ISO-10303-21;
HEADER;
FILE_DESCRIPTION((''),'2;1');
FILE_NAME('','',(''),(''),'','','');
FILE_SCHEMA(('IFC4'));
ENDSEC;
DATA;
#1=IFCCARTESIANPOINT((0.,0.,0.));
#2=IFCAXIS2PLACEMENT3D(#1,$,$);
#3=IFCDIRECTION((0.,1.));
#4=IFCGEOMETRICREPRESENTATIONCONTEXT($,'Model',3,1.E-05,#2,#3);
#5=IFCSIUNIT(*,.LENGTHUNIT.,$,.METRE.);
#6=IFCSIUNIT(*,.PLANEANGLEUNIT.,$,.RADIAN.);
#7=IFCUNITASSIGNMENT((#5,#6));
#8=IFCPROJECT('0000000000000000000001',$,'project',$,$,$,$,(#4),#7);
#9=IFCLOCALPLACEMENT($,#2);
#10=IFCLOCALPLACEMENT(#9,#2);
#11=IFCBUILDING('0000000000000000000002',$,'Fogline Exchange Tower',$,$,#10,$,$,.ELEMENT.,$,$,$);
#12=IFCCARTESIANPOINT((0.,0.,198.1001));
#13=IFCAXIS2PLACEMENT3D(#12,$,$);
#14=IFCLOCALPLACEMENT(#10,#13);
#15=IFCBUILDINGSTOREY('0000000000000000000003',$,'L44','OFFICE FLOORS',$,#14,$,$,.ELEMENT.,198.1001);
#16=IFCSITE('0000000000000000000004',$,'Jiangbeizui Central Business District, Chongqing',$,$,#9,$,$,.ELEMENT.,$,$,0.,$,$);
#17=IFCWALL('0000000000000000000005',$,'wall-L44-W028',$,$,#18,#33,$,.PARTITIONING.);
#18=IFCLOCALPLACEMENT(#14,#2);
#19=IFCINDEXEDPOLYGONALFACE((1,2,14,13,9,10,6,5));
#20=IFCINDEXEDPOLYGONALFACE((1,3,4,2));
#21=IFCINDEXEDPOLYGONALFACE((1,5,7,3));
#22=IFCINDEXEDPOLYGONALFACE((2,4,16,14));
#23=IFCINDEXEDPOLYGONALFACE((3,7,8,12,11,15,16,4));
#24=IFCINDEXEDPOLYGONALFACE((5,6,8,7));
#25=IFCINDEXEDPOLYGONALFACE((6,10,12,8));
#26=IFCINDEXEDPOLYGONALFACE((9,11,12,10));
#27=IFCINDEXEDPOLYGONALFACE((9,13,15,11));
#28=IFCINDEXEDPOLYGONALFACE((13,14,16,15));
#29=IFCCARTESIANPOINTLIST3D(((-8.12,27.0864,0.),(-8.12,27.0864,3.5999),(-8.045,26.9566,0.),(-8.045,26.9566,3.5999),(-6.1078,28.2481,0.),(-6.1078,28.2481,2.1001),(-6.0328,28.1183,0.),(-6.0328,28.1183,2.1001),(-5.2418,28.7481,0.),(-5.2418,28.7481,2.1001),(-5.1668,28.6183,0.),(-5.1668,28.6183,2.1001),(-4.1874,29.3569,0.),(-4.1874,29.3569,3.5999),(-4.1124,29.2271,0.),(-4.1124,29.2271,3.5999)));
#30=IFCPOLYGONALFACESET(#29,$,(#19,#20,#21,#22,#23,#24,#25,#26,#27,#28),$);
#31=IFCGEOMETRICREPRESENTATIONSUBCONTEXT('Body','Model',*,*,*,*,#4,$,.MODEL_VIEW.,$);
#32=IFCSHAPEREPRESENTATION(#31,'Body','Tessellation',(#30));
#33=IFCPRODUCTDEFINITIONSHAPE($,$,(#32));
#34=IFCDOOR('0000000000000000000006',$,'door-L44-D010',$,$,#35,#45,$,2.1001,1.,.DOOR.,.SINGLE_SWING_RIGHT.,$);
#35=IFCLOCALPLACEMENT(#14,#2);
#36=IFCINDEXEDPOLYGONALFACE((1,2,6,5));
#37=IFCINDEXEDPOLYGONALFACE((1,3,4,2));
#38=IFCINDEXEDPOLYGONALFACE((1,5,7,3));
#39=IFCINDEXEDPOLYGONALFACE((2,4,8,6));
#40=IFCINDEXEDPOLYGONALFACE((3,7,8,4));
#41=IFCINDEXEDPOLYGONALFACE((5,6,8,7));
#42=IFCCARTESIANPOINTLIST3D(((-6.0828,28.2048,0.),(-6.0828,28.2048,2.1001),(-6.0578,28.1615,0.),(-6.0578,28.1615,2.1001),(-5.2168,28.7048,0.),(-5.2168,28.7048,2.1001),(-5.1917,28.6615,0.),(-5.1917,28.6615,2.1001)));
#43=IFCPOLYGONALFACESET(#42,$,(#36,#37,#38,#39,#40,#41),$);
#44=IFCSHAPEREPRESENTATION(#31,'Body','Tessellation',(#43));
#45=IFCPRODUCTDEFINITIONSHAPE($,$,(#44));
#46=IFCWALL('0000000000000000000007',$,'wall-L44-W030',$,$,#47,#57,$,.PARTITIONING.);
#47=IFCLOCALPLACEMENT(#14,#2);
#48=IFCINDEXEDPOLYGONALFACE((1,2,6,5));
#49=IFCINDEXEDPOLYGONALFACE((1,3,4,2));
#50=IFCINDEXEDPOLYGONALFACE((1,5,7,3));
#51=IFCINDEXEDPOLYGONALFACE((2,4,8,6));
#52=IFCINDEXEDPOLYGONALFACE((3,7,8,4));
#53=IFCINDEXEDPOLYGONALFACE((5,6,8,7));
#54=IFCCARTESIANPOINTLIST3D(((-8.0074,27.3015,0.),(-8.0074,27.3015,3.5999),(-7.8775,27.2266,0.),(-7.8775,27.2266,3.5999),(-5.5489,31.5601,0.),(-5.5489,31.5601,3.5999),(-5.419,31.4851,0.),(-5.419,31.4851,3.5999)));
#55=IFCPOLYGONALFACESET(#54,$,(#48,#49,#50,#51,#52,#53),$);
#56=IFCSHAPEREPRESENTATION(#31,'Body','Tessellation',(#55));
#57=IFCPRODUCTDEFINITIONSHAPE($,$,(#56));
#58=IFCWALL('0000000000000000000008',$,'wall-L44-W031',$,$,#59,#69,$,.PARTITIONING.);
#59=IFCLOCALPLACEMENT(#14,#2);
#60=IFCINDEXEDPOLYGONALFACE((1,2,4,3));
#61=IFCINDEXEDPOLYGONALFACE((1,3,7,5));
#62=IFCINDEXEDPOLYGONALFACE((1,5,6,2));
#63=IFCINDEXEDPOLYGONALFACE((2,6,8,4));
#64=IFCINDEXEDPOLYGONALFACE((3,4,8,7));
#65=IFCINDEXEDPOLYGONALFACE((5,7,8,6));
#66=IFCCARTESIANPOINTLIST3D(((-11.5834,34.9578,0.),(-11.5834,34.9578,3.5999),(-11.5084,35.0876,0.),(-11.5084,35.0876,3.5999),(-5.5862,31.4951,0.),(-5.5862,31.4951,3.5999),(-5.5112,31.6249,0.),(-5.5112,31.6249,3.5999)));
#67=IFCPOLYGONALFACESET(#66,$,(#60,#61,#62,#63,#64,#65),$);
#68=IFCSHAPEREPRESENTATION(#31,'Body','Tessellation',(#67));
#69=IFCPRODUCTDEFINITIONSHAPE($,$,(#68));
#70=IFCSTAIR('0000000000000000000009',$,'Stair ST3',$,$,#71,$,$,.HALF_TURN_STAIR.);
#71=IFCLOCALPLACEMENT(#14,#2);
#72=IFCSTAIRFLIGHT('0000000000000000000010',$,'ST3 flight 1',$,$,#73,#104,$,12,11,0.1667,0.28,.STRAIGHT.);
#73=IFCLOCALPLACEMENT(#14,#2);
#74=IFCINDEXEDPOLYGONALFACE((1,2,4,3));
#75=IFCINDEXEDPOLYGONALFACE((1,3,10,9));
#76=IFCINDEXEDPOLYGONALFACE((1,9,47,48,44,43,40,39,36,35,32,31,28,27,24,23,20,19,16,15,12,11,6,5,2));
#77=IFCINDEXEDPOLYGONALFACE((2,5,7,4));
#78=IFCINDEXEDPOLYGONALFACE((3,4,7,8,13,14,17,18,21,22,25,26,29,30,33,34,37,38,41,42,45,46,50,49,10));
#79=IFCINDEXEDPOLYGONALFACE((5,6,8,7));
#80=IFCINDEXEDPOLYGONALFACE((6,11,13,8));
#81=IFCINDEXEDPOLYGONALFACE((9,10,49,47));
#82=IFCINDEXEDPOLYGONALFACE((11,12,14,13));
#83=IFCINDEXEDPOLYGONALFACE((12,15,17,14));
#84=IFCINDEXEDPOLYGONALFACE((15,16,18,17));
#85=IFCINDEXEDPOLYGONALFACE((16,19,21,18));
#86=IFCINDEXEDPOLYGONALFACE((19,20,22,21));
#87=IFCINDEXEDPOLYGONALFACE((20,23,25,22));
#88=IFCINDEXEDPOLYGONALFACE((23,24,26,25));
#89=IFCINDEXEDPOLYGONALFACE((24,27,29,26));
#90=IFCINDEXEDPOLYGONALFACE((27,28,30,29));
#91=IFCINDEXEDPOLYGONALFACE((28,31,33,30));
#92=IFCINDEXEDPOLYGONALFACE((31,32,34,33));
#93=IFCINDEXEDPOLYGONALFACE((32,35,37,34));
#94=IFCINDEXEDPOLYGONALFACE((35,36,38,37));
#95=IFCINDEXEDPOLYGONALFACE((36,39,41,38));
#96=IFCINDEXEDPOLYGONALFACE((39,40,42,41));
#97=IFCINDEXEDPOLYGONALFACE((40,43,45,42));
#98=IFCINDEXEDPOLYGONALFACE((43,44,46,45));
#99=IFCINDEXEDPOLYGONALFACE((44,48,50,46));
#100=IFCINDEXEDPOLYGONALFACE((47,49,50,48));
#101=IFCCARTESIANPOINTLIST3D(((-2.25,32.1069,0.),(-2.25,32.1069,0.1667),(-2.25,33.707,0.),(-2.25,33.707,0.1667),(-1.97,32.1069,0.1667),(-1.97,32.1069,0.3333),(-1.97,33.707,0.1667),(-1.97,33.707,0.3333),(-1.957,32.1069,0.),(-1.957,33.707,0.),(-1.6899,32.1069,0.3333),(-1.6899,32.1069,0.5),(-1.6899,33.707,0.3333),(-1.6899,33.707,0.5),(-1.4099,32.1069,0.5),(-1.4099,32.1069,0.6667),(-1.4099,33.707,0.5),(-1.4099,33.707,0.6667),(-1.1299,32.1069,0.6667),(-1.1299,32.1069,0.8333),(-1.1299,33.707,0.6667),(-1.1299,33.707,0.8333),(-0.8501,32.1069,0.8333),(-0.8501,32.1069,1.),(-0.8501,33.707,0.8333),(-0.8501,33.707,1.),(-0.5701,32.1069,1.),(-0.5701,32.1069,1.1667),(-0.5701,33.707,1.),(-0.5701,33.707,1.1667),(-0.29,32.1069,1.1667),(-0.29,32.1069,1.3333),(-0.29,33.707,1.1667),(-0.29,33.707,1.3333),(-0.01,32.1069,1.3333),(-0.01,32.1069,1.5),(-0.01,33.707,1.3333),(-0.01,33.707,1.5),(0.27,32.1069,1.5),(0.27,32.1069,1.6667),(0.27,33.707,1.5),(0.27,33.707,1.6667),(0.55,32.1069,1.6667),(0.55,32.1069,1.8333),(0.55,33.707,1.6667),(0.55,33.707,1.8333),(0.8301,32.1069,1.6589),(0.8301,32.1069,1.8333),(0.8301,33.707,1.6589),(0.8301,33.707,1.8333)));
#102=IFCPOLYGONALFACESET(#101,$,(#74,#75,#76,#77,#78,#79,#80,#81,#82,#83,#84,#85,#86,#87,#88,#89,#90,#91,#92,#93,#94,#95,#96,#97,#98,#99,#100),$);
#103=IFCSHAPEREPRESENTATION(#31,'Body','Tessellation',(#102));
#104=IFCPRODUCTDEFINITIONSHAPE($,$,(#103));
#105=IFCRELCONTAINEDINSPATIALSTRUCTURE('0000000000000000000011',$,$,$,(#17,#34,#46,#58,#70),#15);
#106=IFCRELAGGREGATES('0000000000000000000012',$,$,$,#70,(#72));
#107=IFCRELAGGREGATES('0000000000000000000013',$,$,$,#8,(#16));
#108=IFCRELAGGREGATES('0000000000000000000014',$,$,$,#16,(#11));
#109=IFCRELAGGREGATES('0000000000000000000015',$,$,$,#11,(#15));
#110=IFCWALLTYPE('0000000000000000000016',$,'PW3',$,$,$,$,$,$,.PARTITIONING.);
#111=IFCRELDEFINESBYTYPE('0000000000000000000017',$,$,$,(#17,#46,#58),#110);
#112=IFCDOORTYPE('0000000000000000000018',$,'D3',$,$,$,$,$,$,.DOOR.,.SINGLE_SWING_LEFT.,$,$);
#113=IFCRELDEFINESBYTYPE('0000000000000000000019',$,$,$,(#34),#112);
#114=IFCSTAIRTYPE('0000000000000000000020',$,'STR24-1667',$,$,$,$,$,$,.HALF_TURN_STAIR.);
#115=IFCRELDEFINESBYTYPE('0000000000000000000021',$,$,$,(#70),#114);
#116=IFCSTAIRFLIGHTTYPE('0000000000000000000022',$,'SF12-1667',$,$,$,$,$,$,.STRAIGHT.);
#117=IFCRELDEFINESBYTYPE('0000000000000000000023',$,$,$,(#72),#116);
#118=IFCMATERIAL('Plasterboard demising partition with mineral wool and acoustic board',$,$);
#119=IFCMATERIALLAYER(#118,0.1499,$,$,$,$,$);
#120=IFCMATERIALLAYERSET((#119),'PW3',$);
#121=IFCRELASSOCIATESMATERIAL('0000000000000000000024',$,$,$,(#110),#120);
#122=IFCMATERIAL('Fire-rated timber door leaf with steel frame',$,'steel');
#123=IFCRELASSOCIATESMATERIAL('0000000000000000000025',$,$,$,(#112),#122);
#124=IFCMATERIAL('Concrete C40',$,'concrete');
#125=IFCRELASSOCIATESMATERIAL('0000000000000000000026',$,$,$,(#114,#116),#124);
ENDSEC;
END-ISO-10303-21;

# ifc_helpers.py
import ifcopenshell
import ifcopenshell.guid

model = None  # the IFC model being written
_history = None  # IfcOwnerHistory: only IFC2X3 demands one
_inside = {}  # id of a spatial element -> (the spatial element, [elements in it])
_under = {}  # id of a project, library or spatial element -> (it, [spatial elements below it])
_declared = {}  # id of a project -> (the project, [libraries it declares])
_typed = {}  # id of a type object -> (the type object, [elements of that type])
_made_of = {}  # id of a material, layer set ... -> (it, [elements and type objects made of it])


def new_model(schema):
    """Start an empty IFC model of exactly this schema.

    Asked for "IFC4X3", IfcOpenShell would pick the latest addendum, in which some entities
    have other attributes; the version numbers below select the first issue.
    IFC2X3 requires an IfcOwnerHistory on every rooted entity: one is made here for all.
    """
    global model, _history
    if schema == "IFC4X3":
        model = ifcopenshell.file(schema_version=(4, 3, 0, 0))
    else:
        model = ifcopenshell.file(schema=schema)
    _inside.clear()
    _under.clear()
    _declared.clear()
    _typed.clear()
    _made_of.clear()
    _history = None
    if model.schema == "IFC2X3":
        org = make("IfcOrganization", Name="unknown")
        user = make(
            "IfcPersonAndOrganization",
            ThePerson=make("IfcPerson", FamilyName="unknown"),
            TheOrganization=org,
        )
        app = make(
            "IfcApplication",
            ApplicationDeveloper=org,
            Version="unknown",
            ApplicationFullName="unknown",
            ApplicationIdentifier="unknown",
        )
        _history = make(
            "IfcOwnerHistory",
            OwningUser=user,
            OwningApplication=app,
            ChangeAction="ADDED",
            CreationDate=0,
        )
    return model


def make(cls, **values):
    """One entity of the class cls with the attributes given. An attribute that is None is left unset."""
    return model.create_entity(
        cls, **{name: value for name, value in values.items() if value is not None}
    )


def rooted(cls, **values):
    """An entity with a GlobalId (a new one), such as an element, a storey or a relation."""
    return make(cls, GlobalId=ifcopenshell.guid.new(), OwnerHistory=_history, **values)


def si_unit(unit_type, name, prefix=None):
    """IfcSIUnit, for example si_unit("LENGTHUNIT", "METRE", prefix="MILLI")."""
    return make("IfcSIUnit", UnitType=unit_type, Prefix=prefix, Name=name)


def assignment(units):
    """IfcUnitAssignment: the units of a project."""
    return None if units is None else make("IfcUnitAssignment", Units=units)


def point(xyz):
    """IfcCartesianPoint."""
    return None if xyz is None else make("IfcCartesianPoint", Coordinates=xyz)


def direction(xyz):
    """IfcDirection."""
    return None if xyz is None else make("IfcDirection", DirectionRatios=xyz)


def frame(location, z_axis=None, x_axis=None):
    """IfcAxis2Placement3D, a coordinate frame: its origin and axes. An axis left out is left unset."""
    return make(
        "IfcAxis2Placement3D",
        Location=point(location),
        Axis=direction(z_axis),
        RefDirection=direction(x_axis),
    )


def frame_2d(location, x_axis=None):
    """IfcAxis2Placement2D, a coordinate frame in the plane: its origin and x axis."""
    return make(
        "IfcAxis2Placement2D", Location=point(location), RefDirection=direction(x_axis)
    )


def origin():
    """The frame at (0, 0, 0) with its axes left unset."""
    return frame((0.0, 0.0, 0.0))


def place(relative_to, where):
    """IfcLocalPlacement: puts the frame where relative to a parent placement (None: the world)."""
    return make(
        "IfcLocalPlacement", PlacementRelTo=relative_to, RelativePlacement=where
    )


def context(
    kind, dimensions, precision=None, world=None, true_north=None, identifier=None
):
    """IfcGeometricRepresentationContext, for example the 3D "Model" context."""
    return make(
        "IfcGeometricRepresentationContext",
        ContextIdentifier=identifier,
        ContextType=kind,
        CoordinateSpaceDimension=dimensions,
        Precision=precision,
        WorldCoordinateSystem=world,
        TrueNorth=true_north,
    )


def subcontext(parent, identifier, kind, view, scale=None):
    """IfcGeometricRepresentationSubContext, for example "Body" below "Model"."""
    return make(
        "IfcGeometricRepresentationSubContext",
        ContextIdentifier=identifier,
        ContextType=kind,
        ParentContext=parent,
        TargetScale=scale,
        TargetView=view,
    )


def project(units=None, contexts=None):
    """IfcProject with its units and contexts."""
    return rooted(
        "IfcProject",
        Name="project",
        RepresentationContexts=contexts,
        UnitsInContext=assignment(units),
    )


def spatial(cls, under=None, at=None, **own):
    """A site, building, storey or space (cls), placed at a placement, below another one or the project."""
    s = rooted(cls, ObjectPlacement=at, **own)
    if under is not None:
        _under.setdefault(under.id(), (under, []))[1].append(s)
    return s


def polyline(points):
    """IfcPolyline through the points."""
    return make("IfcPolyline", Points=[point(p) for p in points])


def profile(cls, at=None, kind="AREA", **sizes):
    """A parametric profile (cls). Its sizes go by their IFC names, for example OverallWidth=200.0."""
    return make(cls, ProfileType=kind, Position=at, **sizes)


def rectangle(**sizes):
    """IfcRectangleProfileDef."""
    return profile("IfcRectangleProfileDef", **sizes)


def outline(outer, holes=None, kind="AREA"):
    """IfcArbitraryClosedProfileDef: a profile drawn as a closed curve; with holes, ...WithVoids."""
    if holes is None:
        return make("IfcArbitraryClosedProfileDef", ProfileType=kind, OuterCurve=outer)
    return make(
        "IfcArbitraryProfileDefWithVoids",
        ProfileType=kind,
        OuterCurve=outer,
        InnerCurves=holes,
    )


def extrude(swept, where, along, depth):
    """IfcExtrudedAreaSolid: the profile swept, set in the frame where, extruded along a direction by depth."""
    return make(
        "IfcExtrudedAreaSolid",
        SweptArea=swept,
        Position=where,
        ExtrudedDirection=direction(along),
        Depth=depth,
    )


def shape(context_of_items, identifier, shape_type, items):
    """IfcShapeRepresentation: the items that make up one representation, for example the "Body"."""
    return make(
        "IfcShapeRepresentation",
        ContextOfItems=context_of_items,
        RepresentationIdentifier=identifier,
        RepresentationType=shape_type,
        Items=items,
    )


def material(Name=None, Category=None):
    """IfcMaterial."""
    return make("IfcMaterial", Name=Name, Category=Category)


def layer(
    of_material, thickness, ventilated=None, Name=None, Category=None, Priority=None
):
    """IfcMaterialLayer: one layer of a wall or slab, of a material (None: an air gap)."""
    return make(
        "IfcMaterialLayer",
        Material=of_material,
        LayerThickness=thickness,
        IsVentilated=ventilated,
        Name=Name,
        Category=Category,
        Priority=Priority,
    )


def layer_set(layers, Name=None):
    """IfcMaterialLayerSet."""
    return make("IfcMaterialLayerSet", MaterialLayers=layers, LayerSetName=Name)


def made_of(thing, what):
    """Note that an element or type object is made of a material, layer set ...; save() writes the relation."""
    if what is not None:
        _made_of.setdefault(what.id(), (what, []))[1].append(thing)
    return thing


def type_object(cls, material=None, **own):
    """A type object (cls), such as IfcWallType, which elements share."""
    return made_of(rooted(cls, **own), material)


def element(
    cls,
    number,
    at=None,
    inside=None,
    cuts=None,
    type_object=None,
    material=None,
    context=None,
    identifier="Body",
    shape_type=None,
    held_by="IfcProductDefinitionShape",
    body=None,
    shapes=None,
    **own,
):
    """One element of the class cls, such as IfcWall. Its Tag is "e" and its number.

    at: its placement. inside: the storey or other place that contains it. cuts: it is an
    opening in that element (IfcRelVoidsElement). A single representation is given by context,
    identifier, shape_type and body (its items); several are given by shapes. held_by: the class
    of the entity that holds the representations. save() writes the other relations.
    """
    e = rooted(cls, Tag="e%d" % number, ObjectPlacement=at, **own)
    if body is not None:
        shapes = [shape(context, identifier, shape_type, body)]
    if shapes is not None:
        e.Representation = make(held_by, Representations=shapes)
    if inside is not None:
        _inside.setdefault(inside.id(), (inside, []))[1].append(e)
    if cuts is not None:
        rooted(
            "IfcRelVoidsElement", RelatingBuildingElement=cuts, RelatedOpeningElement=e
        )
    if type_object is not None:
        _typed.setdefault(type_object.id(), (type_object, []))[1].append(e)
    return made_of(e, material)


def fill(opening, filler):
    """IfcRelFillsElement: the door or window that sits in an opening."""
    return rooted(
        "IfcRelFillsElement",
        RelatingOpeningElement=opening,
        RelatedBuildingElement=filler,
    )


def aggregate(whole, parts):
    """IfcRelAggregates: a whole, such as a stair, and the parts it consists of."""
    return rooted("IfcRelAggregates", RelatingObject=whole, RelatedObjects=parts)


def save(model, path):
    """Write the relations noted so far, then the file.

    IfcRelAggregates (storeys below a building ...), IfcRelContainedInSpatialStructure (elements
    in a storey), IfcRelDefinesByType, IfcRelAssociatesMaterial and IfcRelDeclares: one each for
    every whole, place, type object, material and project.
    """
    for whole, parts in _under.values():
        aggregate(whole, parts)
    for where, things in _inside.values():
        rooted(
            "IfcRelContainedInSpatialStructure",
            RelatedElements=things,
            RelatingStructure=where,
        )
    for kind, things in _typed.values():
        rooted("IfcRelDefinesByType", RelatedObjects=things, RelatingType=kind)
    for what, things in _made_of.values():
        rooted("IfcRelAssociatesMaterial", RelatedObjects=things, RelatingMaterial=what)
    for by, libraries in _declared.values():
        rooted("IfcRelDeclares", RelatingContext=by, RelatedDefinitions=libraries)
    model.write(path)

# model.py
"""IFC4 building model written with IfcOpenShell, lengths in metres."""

from ifc_helpers import new_model, si_unit, direction, frame, frame_2d, origin, place, context, subcontext, project, spatial, polyline, rectangle, outline, extrude, material, layer, layer_set, type_object, element, fill, aggregate, save


model = new_model("IFC4")

# Units and contexts
model_context = context("Model", 3, precision=1e-05, world=origin(), true_north=direction((0.0, 1.0)))
body_context = subcontext(model_context, "Body", "Model", "MODEL_VIEW")
ifc_project = project(units=[si_unit("LENGTHUNIT", "METRE"), si_unit("PLANEANGLEUNIT", "RADIAN")], contexts=[model_context])

# Site, building, storey
site_placement = place(None, origin())
site = spatial("IfcSite", under=ifc_project, at=site_placement, Name="Jiangbeizui Central Business District, Chongqing", CompositionType="ELEMENT", RefElevation=0.0)
building_placement = place(site_placement, origin())
building = spatial("IfcBuilding", under=site, at=building_placement, Name="Fogline Exchange Tower", CompositionType="ELEMENT")
storey_placement = place(building_placement, frame((0.0, 0.0, 198.1001)))
storey = spatial("IfcBuildingStorey", under=building, at=storey_placement, Name="L44", Description="OFFICE FLOORS", CompositionType="ELEMENT", Elevation=198.1001)

# Shared definitions
ifc_material_1 = material(Name="Concrete C40", Category="concrete")

# Wall, opening, door
ifc_material_2 = material(Name="Plasterboard demising partition with mineral wool and acoustic board")
ifc_layer_1 = layer(ifc_material_2, 0.1499)
ifc_layer_set_1 = layer_set([ifc_layer_1], Name="PW3")
wall_type_1 = type_object("IfcWallType", Name="PW3", PredefinedType="PARTITIONING", material=ifc_layer_set_1)
wall_1_placement = place(storey_placement, frame((-8.0825, 27.0215, 0.0), z_axis=(0.0, 0.0, 1.0), x_axis=(0.866024, 0.500002, 0.0)))
wall_1 = element("IfcWall", 1, at=wall_1_placement, inside=storey, type_object=wall_type_1, Name="wall-L44-W028", PredefinedType="PARTITIONING", context=body_context, shape_type="SweptSolid", body=[
    extrude(rectangle(XDim=4.541, YDim=0.1499, at=frame_2d((2.2705, 0.0))), origin(), (0.0, 0.0, 1.0), 3.5999),
])
opening_1_placement = place(wall_1_placement, frame((2.3235, 0.0, 0.0)))
opening_1 = element("IfcOpeningElement", 2, at=opening_1_placement, cuts=wall_1, PredefinedType="OPENING", context=body_context, shape_type="SweptSolid", body=[
    extrude(rectangle(XDim=1.0, YDim=2.1001, at=frame_2d((0.5, 1.05))), frame((0.0, 0.085, 0.0), z_axis=(0.0, -1.0, 0.0), x_axis=(1.0, 0.0, 0.0)), (0.0, 0.0, 1.0), 0.1699),
])
ifc_material_3 = material(Name="Fire-rated timber door leaf with steel frame", Category="steel")
door_type_1 = type_object("IfcDoorType", Name="D3", OperationType="SINGLE_SWING_LEFT", PredefinedType="DOOR", material=ifc_material_3)
door_1_placement = place(opening_1_placement, origin())
door_1 = element("IfcDoor", 3, at=door_1_placement, inside=storey, type_object=door_type_1, Name="door-L44-D010", OperationType="SINGLE_SWING_RIGHT", OverallHeight=2.1001, OverallWidth=1.0, PredefinedType="DOOR", context=body_context, shape_type="SweptSolid", body=[
    extrude(rectangle(XDim=1.0, YDim=2.1001, at=frame_2d((0.5, 1.05))), frame((0.0, 0.0249, 0.0), z_axis=(0.0, -1.0, 0.0), x_axis=(1.0, 0.0, 0.0)), (0.0, 0.0, 1.0), 0.05),
])
fill(opening_1, door_1)

# Walls
wall_2_placement = place(storey_placement, frame((-7.9424, 27.2642, 0.0), z_axis=(0.0, 0.0, 1.0), x_axis=(0.499973, 0.866041, 0.0)))
element("IfcWall", 4, at=wall_2_placement, inside=storey, type_object=wall_type_1, Name="wall-L44-W030", PredefinedType="PARTITIONING", context=body_context, shape_type="SweptSolid", body=[
    extrude(rectangle(XDim=4.9172, YDim=0.1499, at=frame_2d((2.4585, 0.0))), origin(), (0.0, 0.0, 1.0), 3.5999),
])
wall_3_placement = place(storey_placement, frame((-5.5488, 31.5601, 0.0), z_axis=(0.0, 0.0, 1.0), x_axis=(-0.866011, 0.500026, 0.0)))
element("IfcWall", 5, at=wall_3_placement, inside=storey, type_object=wall_type_1, Name="wall-L44-W031", PredefinedType="PARTITIONING", context=body_context, shape_type="SweptSolid", body=[
    extrude(rectangle(XDim=6.925, YDim=0.1499, at=frame_2d((3.4624, 0.0))), origin(), (0.0, 0.0, 1.0), 3.5999),
])

# Stair, stair flight
stair_type = type_object("IfcStairType", Name="STR24-1667", PredefinedType="HALF_TURN_STAIR", material=ifc_material_1)
stair_placement = place(storey_placement, origin())
stair = element("IfcStair", 6, at=stair_placement, inside=storey, type_object=stair_type, Name="Stair ST3", PredefinedType="HALF_TURN_STAIR")
stair_flight_type = type_object("IfcStairFlightType", Name="SF12-1667", PredefinedType="STRAIGHT", material=ifc_material_1)
stair_flight_placement = place(storey_placement, frame((-2.25, 32.907, 0.0), z_axis=(0.0, 0.0, 1.0), x_axis=(1.0, 0.0, 0.0)))
stair_flight = element("IfcStairFlight", 7, at=stair_flight_placement, type_object=stair_flight_type, Name="ST3 flight 1", NumberOfRisers=12, NumberOfTreads=11, PredefinedType="STRAIGHT", RiserHeight=0.1667, TreadLength=0.28, context=body_context, shape_type="SweptSolid", body=[
    extrude(outline(polyline([(0.0, 0.0), (0.0, 0.1667), (0.28, 0.1667), (0.28, 0.3333), (0.5601, 0.3333), (0.5601, 0.5), (0.8401, 0.5), (0.8401, 0.6667), (1.1201, 0.6667), (1.1201, 0.8333), (1.3999, 0.8333), (1.3999, 1.0), (1.6799, 1.0), (1.6799, 1.1667), (1.96, 1.1667), (1.96, 1.3333), (2.24, 1.3333), (2.24, 1.5), (2.52, 1.5), (2.52, 1.6667), (2.8, 1.6667), (2.8, 1.8333), (3.0801, 1.8333), (3.0801, 2.0), (3.0801, 1.6589), (0.293, 0.0), (0.0, 0.0)])), frame((0.0, 0.8, 0.0), z_axis=(0.0, -1.0, 0.0), x_axis=(1.0, 0.0, 0.0)), (0.0, 0.0, 1.0), 1.6001),
])
aggregate(stair, [stair_flight])

save(model, "model.ifc")
